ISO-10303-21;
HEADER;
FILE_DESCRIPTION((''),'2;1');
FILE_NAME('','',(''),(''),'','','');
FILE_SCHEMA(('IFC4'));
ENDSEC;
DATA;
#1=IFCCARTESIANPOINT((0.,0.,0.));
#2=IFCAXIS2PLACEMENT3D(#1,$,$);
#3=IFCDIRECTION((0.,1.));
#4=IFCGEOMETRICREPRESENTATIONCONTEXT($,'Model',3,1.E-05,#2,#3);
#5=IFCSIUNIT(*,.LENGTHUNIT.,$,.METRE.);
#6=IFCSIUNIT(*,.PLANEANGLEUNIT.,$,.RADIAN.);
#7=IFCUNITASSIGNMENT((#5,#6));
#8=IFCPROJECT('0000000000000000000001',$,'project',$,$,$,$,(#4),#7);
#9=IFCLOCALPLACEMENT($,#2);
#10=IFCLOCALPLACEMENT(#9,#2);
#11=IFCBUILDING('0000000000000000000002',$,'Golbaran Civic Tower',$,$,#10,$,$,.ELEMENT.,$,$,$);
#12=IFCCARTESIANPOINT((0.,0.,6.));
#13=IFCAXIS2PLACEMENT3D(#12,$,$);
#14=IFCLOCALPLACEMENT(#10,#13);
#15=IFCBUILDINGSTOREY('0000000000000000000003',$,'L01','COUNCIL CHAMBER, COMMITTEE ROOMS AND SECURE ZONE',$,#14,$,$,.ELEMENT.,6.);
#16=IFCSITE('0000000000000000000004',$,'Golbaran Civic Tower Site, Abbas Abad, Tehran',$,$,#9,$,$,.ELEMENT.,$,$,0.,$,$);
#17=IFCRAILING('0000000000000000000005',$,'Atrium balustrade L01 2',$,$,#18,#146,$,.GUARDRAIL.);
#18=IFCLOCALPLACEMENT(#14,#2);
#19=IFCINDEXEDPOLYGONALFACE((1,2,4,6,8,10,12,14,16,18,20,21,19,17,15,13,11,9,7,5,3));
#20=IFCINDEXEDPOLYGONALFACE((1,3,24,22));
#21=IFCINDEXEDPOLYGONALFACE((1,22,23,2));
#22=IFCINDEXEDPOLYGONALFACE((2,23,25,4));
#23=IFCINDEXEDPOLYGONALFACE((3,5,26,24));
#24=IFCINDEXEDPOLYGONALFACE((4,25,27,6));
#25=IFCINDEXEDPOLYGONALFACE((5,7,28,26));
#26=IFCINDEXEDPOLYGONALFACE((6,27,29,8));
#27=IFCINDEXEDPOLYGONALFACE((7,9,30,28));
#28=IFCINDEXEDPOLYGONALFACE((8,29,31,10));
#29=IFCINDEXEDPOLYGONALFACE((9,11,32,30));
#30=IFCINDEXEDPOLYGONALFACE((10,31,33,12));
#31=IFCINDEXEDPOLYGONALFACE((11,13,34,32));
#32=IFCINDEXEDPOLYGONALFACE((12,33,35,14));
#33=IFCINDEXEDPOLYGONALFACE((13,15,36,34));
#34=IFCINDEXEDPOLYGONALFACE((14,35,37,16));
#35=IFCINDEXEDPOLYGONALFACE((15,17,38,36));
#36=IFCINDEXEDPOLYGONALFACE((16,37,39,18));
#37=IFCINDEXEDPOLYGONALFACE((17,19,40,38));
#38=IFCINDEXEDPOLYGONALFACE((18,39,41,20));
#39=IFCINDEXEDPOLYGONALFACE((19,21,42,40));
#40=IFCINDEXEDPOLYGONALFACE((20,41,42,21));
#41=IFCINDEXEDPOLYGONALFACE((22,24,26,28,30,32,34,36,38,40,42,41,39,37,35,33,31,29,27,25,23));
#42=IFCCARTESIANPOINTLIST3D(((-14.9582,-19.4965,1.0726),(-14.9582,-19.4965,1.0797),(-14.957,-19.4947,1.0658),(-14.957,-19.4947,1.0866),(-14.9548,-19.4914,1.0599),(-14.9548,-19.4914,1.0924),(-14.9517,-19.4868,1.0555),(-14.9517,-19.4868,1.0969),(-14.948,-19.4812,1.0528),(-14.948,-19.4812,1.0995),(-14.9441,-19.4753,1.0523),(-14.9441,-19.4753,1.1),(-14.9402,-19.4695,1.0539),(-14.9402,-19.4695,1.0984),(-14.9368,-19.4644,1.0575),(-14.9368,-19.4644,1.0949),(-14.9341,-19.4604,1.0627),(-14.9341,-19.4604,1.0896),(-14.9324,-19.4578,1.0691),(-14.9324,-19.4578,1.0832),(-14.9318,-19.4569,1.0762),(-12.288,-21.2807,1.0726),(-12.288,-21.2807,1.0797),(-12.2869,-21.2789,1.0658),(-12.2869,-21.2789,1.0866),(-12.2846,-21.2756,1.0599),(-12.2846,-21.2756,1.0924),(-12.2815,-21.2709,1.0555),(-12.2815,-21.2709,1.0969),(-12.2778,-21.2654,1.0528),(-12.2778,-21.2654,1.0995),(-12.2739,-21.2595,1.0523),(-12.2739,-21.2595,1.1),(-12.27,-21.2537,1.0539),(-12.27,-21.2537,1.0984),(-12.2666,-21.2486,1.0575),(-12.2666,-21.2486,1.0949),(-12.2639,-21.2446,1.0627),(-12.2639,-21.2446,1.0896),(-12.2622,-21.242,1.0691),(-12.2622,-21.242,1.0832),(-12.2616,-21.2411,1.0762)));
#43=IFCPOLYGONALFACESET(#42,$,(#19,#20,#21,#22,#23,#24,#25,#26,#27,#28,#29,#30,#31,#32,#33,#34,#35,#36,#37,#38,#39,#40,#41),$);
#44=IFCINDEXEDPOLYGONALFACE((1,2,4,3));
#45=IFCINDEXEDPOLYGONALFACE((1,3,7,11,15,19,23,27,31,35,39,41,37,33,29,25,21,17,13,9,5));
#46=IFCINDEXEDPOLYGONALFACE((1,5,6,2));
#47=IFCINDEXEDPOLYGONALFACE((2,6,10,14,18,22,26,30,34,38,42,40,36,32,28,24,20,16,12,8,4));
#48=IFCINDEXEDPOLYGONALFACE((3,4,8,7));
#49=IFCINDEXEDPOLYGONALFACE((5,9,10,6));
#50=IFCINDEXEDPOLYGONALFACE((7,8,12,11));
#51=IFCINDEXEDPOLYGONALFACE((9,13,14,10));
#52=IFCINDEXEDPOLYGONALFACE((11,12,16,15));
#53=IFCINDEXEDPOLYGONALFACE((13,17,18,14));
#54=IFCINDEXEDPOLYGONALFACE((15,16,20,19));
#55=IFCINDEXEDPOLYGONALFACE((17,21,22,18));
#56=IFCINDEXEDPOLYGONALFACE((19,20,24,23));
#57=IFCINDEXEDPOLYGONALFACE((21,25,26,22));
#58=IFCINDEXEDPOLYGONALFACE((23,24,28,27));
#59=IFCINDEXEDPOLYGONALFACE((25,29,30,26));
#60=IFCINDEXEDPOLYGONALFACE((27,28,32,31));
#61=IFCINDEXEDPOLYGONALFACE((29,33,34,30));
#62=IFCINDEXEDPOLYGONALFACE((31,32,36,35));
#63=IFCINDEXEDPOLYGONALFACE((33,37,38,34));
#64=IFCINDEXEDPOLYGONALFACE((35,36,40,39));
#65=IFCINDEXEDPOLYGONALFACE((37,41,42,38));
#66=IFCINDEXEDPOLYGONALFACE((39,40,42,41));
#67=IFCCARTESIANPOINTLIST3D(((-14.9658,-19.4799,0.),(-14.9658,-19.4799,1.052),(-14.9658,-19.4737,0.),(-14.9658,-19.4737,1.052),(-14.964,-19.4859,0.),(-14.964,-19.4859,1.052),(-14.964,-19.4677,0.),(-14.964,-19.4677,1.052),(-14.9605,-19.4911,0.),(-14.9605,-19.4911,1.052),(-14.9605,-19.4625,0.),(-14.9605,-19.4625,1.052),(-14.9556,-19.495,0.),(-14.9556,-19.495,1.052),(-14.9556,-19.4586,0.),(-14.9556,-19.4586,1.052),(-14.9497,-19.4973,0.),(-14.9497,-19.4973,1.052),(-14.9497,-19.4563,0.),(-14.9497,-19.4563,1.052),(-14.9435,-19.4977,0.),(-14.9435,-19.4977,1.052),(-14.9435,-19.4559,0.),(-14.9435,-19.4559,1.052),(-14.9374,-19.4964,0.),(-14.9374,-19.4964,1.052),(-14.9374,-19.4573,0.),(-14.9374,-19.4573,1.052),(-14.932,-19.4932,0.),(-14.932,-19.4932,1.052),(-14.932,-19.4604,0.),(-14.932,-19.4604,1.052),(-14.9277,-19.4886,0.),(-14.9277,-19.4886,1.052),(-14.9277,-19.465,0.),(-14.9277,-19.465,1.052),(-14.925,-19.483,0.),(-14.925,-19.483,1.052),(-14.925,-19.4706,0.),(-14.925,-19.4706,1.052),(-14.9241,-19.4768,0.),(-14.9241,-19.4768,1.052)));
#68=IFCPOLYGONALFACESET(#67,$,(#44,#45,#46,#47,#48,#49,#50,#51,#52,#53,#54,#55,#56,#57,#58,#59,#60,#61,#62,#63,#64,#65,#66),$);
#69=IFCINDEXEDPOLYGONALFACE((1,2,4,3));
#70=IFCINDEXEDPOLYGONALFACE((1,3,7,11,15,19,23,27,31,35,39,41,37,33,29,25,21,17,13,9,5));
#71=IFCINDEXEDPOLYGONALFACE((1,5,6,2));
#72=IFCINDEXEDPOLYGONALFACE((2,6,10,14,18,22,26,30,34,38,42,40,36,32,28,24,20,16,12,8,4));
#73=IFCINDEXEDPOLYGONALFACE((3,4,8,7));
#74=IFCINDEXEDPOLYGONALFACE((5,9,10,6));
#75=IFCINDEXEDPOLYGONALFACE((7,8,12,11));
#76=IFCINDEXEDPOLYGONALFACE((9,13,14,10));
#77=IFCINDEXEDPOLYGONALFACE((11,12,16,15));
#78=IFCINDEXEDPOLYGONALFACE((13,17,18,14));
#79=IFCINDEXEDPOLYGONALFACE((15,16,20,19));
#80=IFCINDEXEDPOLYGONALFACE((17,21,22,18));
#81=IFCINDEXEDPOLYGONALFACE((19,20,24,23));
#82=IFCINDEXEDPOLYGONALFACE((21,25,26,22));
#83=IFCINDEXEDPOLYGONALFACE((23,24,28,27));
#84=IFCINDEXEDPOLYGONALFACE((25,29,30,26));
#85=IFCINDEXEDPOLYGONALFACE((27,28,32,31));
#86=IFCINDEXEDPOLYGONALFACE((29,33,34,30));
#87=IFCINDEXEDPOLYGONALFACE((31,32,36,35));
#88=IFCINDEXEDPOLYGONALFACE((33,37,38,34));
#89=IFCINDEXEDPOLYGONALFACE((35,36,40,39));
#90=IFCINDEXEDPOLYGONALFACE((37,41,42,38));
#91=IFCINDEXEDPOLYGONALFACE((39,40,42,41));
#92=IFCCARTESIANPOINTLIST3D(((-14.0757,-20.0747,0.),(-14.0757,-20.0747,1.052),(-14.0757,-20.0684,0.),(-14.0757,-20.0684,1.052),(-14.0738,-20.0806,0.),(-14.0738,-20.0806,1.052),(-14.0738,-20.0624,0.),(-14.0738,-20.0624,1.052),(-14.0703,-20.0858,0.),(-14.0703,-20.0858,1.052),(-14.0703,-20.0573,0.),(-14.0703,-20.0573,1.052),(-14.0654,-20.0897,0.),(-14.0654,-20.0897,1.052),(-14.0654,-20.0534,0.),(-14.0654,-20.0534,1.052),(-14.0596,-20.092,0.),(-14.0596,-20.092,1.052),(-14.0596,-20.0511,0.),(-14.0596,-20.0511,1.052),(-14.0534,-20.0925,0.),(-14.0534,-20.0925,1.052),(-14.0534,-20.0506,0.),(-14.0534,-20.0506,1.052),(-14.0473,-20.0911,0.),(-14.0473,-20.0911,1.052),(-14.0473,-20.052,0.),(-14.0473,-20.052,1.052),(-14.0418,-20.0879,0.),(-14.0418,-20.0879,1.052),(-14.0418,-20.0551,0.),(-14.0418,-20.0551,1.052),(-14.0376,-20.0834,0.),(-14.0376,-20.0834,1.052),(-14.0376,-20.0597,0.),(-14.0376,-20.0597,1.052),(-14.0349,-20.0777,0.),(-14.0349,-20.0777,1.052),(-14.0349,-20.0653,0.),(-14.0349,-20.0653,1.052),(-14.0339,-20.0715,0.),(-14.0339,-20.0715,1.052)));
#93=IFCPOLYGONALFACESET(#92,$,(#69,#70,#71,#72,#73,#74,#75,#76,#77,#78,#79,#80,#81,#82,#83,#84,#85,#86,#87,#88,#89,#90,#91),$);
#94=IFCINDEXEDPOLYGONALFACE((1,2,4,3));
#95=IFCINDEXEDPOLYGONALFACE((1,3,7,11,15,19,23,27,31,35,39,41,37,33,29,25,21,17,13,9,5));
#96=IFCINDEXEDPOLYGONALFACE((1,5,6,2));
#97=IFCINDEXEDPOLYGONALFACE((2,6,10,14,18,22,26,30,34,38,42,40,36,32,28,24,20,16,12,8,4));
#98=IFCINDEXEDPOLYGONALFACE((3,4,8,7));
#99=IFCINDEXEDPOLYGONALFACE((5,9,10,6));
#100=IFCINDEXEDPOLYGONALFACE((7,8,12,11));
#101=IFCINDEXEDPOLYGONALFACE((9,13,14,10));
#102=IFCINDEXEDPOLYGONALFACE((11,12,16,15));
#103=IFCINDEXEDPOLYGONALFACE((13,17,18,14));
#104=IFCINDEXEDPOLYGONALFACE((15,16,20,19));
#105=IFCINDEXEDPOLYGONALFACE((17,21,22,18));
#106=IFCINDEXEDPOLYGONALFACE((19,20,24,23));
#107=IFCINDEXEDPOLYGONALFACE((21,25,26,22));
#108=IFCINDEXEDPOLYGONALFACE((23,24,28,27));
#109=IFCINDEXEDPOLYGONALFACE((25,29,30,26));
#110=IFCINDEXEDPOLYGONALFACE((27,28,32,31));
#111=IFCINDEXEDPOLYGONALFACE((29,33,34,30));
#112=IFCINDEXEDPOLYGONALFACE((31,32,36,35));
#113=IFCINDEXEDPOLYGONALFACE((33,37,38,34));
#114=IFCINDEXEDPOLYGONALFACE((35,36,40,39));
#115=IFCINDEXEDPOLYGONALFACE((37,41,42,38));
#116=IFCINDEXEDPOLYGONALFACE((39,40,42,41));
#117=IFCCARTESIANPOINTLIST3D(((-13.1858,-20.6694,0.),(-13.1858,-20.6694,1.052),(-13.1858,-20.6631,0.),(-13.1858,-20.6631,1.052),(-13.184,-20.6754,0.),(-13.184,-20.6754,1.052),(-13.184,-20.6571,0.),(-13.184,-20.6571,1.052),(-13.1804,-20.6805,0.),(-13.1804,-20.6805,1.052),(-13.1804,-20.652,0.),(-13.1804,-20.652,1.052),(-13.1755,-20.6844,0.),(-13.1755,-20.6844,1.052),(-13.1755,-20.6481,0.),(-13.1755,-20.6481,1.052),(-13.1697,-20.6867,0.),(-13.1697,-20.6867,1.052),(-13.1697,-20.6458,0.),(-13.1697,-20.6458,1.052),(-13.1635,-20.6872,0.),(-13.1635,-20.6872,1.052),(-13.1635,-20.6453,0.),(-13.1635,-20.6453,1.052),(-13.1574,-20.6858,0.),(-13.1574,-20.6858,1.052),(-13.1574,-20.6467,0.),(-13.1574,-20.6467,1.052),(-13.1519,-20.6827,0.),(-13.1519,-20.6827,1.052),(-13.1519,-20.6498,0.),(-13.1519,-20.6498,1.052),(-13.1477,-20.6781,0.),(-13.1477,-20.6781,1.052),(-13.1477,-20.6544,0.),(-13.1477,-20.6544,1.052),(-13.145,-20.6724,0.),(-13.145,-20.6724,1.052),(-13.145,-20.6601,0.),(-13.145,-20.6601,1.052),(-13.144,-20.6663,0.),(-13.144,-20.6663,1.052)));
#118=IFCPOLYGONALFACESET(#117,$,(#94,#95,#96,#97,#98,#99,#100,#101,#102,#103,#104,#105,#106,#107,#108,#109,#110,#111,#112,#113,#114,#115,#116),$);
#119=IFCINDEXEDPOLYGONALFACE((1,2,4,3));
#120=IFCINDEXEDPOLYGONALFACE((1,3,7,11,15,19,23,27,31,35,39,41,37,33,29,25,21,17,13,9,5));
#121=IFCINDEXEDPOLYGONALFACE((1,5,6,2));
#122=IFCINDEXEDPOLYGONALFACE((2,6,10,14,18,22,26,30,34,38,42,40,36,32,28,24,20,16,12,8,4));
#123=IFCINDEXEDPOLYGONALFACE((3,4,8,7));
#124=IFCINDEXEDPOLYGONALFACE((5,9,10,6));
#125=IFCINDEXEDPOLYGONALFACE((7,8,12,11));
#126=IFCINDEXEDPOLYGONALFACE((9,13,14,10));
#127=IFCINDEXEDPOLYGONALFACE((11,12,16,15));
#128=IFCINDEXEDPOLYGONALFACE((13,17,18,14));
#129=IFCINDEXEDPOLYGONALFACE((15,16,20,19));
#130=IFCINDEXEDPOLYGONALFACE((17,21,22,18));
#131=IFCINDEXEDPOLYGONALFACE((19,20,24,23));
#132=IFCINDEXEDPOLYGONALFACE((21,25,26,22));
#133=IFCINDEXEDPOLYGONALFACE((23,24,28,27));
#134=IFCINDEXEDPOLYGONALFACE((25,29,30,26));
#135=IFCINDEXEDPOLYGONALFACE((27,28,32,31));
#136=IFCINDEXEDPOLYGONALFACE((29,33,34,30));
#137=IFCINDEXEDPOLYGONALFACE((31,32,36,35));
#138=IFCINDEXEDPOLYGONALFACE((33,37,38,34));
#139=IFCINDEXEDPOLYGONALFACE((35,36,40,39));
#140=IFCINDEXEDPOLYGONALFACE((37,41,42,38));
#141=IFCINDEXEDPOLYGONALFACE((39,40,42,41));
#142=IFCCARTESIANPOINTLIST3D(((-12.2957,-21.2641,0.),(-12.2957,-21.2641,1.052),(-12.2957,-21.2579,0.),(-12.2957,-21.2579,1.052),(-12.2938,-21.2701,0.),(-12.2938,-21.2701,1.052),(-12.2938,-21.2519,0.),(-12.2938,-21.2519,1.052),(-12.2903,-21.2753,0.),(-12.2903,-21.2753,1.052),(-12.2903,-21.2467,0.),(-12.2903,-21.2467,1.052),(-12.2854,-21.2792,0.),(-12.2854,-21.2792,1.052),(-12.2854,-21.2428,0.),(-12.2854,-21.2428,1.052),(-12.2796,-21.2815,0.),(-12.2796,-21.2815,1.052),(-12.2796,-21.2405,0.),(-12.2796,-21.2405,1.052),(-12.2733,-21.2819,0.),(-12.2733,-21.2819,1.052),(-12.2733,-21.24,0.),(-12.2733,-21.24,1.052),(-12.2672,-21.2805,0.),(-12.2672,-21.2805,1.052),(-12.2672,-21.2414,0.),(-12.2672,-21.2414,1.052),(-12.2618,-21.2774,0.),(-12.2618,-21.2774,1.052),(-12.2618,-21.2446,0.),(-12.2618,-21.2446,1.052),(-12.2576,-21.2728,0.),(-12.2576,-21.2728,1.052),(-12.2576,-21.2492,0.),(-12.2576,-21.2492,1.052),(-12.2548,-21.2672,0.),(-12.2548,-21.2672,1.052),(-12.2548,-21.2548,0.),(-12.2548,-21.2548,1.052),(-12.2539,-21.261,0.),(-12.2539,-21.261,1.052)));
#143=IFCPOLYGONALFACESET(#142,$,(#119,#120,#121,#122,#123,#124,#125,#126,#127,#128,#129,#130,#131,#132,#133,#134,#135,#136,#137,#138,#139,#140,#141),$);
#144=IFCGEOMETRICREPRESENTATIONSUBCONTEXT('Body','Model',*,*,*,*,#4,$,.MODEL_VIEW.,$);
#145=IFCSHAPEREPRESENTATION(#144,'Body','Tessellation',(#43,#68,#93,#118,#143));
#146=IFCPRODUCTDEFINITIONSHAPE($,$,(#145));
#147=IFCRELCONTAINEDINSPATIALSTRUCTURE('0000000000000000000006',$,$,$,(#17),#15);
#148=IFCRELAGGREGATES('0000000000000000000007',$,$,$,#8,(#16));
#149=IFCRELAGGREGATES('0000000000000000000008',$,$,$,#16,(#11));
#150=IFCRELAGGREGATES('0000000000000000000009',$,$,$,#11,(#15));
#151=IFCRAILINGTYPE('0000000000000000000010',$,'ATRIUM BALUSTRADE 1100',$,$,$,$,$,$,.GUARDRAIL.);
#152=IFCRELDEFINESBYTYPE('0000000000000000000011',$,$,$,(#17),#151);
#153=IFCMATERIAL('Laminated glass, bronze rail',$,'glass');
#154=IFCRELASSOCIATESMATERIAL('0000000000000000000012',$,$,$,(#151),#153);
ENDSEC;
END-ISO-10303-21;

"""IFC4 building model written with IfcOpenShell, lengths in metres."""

from ifc_helpers import new_model, si_unit, direction, frame, origin, origin_2d, place, context, subcontext, project, spatial, circle, extrude, material, type_object, element, save


model = new_model("IFC4")

# Units and contexts
model_context = context("Model", 3, precision=1e-05, world=origin(), true_north=direction((0.0, 1.0)))
body_context = subcontext(model_context, "Body", "Model", "MODEL_VIEW")
ifc_project = project(units=[si_unit("LENGTHUNIT", "METRE"), si_unit("PLANEANGLEUNIT", "RADIAN")], contexts=[model_context])

# Site, building, storey
site_placement = place(None, origin())
site = spatial("IfcSite", under=ifc_project, at=site_placement, Name="Golbaran Civic Tower Site, Abbas Abad, Tehran", CompositionType="ELEMENT", RefElevation=0.0)
building_placement = place(site_placement, origin())
building = spatial("IfcBuilding", under=site, at=building_placement, Name="Golbaran Civic Tower", CompositionType="ELEMENT")
storey_placement = place(building_placement, frame((0.0, 0.0, 6.0)))
storey = spatial("IfcBuildingStorey", under=building, at=storey_placement, Name="L01", Description="COUNCIL CHAMBER, COMMITTEE ROOMS AND SECURE ZONE", CompositionType="ELEMENT", Elevation=6.0)

# Railing
ifc_material_1 = material(Name="Laminated glass, bronze rail", Category="glass")
railing_type = type_object("IfcRailingType", Name="ATRIUM BALUSTRADE 1100", PredefinedType="GUARDRAIL", material=ifc_material_1)
railing_1_placement = place(storey_placement, frame((-14.9451, -19.4768, 0.0)))
element("IfcRailing", 1, at=railing_1_placement, inside=storey, type_object=railing_type, Name="Atrium balustrade L01 2", PredefinedType="GUARDRAIL", context=body_context, shape_type="SweptSolid", body=[
    extrude(circle(Radius=0.0239, at=origin_2d()), frame((0.0, 0.0, 1.0762), z_axis=(0.831465, -0.555577, 0.0), x_axis=(0.555577, 0.831465, 0.0)), (0.0, 0.0, 1.0), 3.2114),
    extrude(circle(Radius=0.021, at=origin_2d()), origin(), (0.0, 0.0, 1.0), 1.052),
    extrude(circle(Radius=0.021, at=origin_2d()), frame((0.8901, -0.5947, 0.0)), (0.0, 0.0, 1.0), 1.052),
    extrude(circle(Radius=0.021, at=origin_2d()), frame((1.78, -1.1895, 0.0)), (0.0, 0.0, 1.0), 1.052),
    extrude(circle(Radius=0.021, at=origin_2d()), frame((2.6702, -1.7842, 0.0)), (0.0, 0.0, 1.0), 1.052),
])

save(model, "model.ifc")
